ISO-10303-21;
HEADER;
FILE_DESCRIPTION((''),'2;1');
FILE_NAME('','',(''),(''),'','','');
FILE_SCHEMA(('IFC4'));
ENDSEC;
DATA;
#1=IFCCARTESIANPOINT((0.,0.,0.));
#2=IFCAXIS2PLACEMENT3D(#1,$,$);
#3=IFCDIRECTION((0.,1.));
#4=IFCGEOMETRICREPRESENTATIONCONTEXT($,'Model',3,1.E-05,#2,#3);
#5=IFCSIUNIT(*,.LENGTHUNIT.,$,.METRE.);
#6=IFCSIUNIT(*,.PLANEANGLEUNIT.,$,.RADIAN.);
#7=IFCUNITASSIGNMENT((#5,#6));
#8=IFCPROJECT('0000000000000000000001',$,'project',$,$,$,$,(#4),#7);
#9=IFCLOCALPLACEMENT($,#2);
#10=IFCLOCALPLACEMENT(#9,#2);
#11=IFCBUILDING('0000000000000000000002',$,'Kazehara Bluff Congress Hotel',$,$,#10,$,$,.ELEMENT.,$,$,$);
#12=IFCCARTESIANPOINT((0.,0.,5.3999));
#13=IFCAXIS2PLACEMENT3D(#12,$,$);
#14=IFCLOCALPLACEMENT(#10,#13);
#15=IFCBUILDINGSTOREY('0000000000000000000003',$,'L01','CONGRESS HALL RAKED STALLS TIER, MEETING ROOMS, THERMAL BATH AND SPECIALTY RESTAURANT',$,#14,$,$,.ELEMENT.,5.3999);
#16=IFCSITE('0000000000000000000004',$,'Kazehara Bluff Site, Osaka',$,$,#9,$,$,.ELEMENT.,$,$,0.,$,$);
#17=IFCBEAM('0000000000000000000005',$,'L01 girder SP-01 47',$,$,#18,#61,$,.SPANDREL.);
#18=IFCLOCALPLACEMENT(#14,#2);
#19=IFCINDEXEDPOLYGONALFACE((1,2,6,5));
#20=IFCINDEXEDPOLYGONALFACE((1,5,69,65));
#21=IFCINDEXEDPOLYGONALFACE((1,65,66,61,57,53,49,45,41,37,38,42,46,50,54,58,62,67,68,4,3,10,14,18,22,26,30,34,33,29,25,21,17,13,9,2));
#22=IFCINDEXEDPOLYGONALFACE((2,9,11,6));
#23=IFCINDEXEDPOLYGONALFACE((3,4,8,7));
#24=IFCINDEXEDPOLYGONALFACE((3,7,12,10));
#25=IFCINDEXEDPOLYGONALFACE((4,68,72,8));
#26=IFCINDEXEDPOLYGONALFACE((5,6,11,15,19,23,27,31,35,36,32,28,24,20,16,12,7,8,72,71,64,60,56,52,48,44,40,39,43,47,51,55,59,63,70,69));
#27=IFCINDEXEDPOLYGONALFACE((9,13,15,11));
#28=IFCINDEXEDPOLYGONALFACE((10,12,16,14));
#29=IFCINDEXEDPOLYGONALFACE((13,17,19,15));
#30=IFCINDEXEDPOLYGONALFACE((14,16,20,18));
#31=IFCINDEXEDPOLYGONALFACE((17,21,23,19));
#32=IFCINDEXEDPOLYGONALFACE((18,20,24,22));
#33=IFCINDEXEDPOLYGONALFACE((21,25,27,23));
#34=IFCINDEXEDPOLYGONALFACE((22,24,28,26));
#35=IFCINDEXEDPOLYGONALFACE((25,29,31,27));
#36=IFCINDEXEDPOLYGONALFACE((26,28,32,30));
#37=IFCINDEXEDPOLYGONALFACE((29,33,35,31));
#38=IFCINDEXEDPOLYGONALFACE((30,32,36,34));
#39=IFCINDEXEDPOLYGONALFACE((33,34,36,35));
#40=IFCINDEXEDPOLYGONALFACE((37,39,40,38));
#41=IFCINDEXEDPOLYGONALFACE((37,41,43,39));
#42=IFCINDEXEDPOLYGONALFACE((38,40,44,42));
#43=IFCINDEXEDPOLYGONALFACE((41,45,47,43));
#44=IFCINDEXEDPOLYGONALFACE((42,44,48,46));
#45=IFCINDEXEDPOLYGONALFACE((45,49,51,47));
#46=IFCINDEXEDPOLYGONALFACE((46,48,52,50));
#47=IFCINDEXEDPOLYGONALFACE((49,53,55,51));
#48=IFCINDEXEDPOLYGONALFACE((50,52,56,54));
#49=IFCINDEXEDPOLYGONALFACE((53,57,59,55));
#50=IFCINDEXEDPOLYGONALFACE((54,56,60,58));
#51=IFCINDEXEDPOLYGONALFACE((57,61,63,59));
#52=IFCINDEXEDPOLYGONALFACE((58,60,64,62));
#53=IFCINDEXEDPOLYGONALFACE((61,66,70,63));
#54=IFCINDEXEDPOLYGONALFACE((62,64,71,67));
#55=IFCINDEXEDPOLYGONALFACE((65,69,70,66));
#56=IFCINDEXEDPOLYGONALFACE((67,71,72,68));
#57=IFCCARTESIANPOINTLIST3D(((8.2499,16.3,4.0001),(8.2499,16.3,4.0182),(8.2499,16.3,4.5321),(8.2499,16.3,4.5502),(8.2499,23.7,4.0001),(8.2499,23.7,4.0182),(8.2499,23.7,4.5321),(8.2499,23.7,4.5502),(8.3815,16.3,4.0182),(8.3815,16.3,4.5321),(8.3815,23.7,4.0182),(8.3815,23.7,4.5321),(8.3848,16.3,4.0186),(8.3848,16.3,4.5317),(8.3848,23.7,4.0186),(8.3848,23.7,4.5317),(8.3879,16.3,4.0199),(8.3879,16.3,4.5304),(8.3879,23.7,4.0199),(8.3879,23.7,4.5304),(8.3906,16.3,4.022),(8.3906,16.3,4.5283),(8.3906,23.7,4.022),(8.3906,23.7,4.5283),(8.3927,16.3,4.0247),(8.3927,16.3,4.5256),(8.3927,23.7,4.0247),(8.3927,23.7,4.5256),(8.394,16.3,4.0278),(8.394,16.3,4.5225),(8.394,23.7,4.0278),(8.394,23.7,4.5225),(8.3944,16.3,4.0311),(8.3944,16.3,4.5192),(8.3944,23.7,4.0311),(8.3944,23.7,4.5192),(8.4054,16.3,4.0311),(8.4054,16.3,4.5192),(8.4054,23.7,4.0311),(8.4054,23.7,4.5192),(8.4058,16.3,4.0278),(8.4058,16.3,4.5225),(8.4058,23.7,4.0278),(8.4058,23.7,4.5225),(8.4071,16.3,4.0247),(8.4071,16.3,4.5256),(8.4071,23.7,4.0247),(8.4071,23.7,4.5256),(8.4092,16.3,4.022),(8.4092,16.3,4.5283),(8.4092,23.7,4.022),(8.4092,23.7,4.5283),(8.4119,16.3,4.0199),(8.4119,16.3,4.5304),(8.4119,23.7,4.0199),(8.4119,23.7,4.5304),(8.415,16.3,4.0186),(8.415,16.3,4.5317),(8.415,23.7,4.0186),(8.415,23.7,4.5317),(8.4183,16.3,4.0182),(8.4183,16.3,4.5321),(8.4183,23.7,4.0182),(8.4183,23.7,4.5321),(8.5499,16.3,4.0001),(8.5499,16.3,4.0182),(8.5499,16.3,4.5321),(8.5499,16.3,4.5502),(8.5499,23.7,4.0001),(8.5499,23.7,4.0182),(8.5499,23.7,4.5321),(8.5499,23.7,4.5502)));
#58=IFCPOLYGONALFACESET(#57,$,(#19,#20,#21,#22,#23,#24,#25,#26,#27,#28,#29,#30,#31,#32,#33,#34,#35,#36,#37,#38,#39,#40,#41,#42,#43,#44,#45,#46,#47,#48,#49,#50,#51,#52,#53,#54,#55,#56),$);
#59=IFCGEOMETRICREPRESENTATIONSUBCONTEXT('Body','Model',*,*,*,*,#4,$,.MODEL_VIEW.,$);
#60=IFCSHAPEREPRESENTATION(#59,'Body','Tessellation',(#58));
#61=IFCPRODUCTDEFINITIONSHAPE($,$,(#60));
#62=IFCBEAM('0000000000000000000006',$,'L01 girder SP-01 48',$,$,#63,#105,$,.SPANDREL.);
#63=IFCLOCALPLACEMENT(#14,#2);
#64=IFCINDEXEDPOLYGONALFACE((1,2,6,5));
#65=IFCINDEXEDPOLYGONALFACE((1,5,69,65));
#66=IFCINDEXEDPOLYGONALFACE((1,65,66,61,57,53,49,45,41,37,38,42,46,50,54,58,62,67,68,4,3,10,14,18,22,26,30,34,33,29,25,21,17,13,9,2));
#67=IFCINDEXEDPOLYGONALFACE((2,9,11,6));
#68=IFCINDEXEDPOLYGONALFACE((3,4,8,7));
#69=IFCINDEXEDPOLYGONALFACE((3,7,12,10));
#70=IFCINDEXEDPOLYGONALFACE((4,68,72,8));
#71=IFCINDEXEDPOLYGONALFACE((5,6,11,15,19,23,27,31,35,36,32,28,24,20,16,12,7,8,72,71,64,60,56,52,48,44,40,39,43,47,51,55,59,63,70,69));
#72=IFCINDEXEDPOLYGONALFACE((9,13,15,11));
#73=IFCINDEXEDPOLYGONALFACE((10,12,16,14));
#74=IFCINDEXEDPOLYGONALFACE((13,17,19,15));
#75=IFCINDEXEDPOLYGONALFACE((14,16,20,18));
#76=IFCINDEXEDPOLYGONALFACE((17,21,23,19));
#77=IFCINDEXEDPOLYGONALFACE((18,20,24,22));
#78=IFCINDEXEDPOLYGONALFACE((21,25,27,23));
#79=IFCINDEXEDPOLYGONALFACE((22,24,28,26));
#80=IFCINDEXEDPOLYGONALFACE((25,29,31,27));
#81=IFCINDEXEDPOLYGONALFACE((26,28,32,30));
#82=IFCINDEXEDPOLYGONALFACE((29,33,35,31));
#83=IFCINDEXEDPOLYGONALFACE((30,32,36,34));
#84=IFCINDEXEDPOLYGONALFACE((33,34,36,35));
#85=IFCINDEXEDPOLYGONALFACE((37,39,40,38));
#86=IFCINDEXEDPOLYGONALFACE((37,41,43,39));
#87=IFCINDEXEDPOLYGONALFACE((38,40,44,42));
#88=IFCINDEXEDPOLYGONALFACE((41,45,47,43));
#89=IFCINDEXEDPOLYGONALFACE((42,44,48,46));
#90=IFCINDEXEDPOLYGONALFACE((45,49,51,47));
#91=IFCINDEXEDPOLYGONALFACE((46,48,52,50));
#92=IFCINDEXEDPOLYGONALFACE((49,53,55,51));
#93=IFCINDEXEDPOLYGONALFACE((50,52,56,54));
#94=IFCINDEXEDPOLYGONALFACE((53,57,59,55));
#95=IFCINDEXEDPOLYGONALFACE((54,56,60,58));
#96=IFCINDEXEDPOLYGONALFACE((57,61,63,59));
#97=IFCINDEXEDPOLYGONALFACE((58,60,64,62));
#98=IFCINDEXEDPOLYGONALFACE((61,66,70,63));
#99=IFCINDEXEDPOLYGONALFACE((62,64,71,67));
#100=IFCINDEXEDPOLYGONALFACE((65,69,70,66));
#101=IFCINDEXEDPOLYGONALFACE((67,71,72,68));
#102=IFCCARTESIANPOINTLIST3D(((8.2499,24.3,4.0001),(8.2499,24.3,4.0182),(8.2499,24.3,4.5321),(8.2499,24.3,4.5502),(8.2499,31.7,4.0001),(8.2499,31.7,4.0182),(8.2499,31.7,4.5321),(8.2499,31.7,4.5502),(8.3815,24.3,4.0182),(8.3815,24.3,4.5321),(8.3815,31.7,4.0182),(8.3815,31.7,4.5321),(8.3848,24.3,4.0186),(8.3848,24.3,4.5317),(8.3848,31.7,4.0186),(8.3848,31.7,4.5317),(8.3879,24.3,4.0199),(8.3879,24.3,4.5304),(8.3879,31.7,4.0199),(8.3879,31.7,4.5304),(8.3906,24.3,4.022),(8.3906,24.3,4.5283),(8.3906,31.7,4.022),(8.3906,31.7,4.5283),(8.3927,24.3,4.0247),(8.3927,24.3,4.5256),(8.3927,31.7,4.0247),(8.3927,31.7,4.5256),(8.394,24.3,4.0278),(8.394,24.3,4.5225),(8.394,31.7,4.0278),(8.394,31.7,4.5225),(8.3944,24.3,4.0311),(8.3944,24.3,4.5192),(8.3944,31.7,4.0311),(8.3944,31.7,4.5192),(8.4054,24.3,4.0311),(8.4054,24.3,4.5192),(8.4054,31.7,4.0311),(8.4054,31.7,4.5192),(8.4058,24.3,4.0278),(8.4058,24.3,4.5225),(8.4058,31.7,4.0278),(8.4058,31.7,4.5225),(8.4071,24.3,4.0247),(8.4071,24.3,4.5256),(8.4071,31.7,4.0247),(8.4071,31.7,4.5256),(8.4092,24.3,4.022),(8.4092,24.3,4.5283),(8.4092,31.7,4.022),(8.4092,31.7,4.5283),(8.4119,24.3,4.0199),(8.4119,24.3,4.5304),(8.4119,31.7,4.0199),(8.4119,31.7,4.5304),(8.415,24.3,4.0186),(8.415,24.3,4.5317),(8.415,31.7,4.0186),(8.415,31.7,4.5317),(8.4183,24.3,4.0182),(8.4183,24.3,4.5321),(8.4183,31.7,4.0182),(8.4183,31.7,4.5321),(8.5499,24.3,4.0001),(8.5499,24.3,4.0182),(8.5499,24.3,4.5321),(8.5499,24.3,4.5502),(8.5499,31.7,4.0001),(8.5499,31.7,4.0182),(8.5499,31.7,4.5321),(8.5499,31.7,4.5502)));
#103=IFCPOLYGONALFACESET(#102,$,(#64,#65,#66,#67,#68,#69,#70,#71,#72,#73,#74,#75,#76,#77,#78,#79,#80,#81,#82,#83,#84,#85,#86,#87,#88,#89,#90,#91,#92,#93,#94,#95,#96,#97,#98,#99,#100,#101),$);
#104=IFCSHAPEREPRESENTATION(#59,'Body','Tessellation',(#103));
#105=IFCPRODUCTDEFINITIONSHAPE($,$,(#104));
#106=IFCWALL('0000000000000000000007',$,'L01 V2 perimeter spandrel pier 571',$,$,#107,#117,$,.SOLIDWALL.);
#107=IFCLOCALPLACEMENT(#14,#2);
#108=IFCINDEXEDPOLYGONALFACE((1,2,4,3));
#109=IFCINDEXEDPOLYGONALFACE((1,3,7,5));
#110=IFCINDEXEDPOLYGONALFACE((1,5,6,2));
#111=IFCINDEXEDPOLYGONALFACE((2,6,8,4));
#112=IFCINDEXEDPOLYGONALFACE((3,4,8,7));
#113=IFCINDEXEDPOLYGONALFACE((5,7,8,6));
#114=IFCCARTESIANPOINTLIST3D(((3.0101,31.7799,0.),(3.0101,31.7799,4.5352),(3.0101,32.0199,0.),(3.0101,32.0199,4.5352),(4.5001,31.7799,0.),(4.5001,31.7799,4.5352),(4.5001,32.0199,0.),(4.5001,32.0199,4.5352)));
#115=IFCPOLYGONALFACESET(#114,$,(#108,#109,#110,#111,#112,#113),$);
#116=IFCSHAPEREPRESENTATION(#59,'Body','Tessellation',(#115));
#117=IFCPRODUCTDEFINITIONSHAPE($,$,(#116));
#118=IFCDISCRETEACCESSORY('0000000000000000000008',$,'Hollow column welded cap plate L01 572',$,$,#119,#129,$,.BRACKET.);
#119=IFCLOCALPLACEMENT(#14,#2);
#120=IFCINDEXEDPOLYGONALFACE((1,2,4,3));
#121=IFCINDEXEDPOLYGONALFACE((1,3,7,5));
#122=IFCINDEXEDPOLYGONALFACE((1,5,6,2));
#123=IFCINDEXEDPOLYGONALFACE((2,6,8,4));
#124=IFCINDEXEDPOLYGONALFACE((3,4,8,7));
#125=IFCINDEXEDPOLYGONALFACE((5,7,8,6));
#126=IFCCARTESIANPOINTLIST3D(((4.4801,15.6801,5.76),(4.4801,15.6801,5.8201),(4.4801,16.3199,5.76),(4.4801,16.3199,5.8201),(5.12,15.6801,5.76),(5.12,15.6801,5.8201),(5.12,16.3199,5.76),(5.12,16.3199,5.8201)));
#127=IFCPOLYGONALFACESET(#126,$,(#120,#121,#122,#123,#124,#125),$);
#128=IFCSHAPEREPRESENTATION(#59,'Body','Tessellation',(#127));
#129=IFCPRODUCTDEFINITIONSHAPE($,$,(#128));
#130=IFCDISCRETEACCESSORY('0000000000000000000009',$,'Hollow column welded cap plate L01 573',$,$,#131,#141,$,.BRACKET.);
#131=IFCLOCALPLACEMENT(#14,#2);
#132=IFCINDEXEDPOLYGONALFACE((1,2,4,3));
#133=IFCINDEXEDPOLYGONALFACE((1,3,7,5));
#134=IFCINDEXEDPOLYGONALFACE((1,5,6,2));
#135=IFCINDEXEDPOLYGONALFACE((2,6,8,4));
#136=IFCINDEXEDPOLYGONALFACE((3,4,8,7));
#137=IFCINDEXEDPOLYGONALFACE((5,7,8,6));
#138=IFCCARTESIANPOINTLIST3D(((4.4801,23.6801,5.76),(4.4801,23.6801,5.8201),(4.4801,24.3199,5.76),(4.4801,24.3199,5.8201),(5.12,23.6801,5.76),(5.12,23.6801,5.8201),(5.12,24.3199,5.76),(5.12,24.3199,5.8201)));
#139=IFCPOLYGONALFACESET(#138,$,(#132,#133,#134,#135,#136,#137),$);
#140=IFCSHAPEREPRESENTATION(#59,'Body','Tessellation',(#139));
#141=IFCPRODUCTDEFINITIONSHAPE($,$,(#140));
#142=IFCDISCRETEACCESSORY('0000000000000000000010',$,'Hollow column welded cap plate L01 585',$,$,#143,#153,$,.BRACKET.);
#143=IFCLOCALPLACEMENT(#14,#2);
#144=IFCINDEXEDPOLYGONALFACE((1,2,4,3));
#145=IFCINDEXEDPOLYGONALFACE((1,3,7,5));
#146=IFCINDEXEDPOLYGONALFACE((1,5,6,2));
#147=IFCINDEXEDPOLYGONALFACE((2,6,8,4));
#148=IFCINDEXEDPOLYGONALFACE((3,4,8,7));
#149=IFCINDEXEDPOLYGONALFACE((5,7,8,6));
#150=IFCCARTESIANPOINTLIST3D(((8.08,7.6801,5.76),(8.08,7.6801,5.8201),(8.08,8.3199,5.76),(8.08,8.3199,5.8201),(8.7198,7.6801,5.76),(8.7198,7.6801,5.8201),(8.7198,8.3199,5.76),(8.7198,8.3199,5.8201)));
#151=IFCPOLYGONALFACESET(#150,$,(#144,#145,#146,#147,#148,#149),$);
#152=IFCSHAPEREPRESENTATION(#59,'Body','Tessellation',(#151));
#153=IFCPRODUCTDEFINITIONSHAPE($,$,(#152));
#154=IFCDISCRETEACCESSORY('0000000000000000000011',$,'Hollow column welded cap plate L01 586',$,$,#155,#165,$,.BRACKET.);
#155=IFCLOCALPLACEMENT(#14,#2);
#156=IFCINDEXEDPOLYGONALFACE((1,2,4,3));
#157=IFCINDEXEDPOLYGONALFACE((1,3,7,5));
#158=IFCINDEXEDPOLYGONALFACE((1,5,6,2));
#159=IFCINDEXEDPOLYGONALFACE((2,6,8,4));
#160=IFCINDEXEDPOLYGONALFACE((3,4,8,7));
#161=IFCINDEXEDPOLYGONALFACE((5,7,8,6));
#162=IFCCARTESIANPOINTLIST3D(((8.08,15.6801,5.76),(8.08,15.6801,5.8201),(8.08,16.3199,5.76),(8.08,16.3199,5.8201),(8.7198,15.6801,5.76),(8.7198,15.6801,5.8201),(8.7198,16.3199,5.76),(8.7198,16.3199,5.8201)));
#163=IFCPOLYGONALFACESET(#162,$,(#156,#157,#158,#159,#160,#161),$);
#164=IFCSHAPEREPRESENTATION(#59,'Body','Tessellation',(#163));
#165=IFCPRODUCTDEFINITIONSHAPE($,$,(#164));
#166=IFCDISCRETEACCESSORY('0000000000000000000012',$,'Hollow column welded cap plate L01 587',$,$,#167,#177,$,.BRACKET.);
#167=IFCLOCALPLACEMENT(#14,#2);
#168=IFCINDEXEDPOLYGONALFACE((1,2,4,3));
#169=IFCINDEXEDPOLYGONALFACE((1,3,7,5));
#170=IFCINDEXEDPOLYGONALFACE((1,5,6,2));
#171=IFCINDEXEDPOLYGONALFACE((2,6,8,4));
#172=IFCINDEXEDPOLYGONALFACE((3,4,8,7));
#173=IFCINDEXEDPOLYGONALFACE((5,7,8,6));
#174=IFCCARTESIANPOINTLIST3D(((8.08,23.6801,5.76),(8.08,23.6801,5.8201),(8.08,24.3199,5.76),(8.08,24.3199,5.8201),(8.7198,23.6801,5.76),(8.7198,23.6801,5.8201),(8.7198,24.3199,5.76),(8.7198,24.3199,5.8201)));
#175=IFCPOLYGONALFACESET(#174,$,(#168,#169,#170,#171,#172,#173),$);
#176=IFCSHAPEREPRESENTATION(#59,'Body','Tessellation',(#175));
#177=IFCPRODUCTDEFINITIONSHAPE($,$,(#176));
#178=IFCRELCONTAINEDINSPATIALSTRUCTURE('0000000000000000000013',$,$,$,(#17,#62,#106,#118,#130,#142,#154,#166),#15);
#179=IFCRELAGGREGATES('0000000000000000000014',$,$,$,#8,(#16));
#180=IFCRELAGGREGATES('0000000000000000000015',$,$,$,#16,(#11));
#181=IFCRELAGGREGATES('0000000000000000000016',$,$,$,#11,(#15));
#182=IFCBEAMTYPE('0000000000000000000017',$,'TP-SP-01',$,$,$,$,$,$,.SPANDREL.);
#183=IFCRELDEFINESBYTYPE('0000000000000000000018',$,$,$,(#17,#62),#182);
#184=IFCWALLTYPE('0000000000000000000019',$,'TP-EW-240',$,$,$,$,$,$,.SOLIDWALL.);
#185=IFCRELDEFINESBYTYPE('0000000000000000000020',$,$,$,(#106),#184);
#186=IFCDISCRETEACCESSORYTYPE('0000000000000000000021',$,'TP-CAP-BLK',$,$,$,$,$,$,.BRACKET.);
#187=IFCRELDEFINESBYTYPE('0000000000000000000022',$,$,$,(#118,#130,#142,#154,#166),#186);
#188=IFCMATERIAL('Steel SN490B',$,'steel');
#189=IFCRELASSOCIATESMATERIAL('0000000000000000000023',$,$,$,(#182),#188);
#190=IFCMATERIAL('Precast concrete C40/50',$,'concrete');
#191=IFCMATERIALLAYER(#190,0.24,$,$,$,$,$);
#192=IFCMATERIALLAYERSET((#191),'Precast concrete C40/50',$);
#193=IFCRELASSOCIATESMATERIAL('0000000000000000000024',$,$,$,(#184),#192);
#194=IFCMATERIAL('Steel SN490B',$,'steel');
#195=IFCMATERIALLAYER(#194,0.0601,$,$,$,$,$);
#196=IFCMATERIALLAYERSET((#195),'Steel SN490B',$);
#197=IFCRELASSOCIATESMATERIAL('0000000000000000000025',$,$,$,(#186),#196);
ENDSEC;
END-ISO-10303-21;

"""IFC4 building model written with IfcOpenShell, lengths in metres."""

from ifc_helpers import new_model, si_unit, direction, frame, frame_2d, origin, origin_2d, place, context, subcontext, project, spatial, rectangle, i_section, extrude, material, layer, layer_set, material_profile, profile_set, type_object, element, save


model = new_model("IFC4")

# Units and contexts
model_context = context("Model", 3, precision=1e-05, world=origin(), true_north=direction((0.0, 1.0)))
body_context = subcontext(model_context, "Body", "Model", "MODEL_VIEW")
ifc_project = project(units=[si_unit("LENGTHUNIT", "METRE"), si_unit("PLANEANGLEUNIT", "RADIAN")], contexts=[model_context])

# Site, building, storey
site_placement = place(None, origin())
site = spatial("IfcSite", under=ifc_project, at=site_placement, Name="Kazehara Bluff Site, Osaka", CompositionType="ELEMENT", RefElevation=0.0)
building_placement = place(site_placement, origin())
building = spatial("IfcBuilding", under=site, at=building_placement, Name="Kazehara Bluff Congress Hotel", CompositionType="ELEMENT")
storey_placement = place(building_placement, frame((0.0, 0.0, 5.3999)))
storey = spatial("IfcBuildingStorey", under=building, at=storey_placement, Name="L01", Description="CONGRESS HALL RAKED STALLS TIER, MEETING ROOMS, THERMAL BATH AND SPECIALTY RESTAURANT", CompositionType="ELEMENT", Elevation=5.3999)

# Beams
ifc_material_1 = material(Name="Steel SN490B", Category="steel")
ifc_material_profile_1 = material_profile(ifc_material_1, i_section(OverallWidth=0.3, OverallDepth=0.55, WebThickness=0.011, FlangeThickness=0.0181, FilletRadius=0.0129, at=origin_2d()))
ifc_profile_set_1 = profile_set([ifc_material_profile_1], Name="Steel SN490B")
beam_type_1 = type_object("IfcBeamType", Name="TP-SP-01", PredefinedType="SPANDREL", material=ifc_profile_set_1)
for number, where, z_axis, x_axis, name in (
    (1, (8.3999, 16.3, 4.2751), (0.0, 1.0, 0.0), (-1.0, 0.0, 0.0), "L01 girder SP-01 47"),
    (2, (8.3999, 24.3, 4.2751), (0.0, 1.0, 0.0), (-1.0, 0.0, 0.0), "L01 girder SP-01 48"),
):
    element("IfcBeam", number, at=place(storey_placement, frame(where, z_axis=z_axis, x_axis=x_axis)), inside=storey, type_object=beam_type_1, Name=name, PredefinedType="SPANDREL", context=body_context, shape_type="SweptSolid", body=[
        extrude(i_section(OverallWidth=0.3, OverallDepth=0.55, WebThickness=0.011, FlangeThickness=0.0181, FilletRadius=0.0129, at=origin_2d()), origin(), (0.0, 0.0, 1.0), 7.3999),
    ])

# Wall
ifc_material_2 = material(Name="Precast concrete C40/50", Category="concrete")
ifc_layer_1 = layer(ifc_material_2, 0.24)
ifc_layer_set_1 = layer_set([ifc_layer_1], Name="Precast concrete C40/50")
wall_type = type_object("IfcWallType", Name="TP-EW-240", PredefinedType="SOLIDWALL", material=ifc_layer_set_1)
wall_placement = place(storey_placement, frame((3.01, 31.8999, 0.0), z_axis=(0.0, 0.0, 1.0), x_axis=(1.0, 0.0, 0.0)))
element("IfcWall", 3, at=wall_placement, inside=storey, type_object=wall_type, Name="L01 V2 perimeter spandrel pier 571", PredefinedType="SOLIDWALL", context=body_context, shape_type="SweptSolid", body=[
    extrude(rectangle(XDim=1.49, YDim=0.24, at=frame_2d((0.7451, 0.0))), origin(), (0.0, 0.0, 1.0), 4.5352),
])

# Discrete accessories
ifc_material_3 = material(Name="Steel SN490B", Category="steel")
ifc_layer_2 = layer(ifc_material_3, 0.0601)
ifc_layer_set_2 = layer_set([ifc_layer_2], Name="Steel SN490B")
discrete_accessory_type = type_object("IfcDiscreteAccessoryType", Name="TP-CAP-BLK", PredefinedType="BRACKET", material=ifc_layer_set_2)
for number, where, z_axis, x_axis, name in (
    (4, (4.8, 16.0, 5.76), (0.0, 0.0, 1.0), (1.0, 0.0, 0.0), "Hollow column welded cap plate L01 572"),
    (5, (4.8, 24.0, 5.76), (0.0, 0.0, 1.0), (1.0, 0.0, 0.0), "Hollow column welded cap plate L01 573"),
    (6, (8.3999, 8.0, 5.76), (0.0, 0.0, 1.0), (1.0, 0.0, 0.0), "Hollow column welded cap plate L01 585"),
    (7, (8.3999, 16.0, 5.76), (0.0, 0.0, 1.0), (1.0, 0.0, 0.0), "Hollow column welded cap plate L01 586"),
    (8, (8.3999, 24.0, 5.76), (0.0, 0.0, 1.0), (1.0, 0.0, 0.0), "Hollow column welded cap plate L01 587"),
):
    element("IfcDiscreteAccessory", number, at=place(storey_placement, frame(where, z_axis=z_axis, x_axis=x_axis)), inside=storey, type_object=discrete_accessory_type, Name=name, PredefinedType="BRACKET", context=body_context, shape_type="SweptSolid", body=[
        extrude(rectangle(XDim=0.6399, YDim=0.6399, at=origin_2d()), origin(), (0.0, 0.0, 1.0), 0.0601),
    ])

save(model, "model.ifc")
